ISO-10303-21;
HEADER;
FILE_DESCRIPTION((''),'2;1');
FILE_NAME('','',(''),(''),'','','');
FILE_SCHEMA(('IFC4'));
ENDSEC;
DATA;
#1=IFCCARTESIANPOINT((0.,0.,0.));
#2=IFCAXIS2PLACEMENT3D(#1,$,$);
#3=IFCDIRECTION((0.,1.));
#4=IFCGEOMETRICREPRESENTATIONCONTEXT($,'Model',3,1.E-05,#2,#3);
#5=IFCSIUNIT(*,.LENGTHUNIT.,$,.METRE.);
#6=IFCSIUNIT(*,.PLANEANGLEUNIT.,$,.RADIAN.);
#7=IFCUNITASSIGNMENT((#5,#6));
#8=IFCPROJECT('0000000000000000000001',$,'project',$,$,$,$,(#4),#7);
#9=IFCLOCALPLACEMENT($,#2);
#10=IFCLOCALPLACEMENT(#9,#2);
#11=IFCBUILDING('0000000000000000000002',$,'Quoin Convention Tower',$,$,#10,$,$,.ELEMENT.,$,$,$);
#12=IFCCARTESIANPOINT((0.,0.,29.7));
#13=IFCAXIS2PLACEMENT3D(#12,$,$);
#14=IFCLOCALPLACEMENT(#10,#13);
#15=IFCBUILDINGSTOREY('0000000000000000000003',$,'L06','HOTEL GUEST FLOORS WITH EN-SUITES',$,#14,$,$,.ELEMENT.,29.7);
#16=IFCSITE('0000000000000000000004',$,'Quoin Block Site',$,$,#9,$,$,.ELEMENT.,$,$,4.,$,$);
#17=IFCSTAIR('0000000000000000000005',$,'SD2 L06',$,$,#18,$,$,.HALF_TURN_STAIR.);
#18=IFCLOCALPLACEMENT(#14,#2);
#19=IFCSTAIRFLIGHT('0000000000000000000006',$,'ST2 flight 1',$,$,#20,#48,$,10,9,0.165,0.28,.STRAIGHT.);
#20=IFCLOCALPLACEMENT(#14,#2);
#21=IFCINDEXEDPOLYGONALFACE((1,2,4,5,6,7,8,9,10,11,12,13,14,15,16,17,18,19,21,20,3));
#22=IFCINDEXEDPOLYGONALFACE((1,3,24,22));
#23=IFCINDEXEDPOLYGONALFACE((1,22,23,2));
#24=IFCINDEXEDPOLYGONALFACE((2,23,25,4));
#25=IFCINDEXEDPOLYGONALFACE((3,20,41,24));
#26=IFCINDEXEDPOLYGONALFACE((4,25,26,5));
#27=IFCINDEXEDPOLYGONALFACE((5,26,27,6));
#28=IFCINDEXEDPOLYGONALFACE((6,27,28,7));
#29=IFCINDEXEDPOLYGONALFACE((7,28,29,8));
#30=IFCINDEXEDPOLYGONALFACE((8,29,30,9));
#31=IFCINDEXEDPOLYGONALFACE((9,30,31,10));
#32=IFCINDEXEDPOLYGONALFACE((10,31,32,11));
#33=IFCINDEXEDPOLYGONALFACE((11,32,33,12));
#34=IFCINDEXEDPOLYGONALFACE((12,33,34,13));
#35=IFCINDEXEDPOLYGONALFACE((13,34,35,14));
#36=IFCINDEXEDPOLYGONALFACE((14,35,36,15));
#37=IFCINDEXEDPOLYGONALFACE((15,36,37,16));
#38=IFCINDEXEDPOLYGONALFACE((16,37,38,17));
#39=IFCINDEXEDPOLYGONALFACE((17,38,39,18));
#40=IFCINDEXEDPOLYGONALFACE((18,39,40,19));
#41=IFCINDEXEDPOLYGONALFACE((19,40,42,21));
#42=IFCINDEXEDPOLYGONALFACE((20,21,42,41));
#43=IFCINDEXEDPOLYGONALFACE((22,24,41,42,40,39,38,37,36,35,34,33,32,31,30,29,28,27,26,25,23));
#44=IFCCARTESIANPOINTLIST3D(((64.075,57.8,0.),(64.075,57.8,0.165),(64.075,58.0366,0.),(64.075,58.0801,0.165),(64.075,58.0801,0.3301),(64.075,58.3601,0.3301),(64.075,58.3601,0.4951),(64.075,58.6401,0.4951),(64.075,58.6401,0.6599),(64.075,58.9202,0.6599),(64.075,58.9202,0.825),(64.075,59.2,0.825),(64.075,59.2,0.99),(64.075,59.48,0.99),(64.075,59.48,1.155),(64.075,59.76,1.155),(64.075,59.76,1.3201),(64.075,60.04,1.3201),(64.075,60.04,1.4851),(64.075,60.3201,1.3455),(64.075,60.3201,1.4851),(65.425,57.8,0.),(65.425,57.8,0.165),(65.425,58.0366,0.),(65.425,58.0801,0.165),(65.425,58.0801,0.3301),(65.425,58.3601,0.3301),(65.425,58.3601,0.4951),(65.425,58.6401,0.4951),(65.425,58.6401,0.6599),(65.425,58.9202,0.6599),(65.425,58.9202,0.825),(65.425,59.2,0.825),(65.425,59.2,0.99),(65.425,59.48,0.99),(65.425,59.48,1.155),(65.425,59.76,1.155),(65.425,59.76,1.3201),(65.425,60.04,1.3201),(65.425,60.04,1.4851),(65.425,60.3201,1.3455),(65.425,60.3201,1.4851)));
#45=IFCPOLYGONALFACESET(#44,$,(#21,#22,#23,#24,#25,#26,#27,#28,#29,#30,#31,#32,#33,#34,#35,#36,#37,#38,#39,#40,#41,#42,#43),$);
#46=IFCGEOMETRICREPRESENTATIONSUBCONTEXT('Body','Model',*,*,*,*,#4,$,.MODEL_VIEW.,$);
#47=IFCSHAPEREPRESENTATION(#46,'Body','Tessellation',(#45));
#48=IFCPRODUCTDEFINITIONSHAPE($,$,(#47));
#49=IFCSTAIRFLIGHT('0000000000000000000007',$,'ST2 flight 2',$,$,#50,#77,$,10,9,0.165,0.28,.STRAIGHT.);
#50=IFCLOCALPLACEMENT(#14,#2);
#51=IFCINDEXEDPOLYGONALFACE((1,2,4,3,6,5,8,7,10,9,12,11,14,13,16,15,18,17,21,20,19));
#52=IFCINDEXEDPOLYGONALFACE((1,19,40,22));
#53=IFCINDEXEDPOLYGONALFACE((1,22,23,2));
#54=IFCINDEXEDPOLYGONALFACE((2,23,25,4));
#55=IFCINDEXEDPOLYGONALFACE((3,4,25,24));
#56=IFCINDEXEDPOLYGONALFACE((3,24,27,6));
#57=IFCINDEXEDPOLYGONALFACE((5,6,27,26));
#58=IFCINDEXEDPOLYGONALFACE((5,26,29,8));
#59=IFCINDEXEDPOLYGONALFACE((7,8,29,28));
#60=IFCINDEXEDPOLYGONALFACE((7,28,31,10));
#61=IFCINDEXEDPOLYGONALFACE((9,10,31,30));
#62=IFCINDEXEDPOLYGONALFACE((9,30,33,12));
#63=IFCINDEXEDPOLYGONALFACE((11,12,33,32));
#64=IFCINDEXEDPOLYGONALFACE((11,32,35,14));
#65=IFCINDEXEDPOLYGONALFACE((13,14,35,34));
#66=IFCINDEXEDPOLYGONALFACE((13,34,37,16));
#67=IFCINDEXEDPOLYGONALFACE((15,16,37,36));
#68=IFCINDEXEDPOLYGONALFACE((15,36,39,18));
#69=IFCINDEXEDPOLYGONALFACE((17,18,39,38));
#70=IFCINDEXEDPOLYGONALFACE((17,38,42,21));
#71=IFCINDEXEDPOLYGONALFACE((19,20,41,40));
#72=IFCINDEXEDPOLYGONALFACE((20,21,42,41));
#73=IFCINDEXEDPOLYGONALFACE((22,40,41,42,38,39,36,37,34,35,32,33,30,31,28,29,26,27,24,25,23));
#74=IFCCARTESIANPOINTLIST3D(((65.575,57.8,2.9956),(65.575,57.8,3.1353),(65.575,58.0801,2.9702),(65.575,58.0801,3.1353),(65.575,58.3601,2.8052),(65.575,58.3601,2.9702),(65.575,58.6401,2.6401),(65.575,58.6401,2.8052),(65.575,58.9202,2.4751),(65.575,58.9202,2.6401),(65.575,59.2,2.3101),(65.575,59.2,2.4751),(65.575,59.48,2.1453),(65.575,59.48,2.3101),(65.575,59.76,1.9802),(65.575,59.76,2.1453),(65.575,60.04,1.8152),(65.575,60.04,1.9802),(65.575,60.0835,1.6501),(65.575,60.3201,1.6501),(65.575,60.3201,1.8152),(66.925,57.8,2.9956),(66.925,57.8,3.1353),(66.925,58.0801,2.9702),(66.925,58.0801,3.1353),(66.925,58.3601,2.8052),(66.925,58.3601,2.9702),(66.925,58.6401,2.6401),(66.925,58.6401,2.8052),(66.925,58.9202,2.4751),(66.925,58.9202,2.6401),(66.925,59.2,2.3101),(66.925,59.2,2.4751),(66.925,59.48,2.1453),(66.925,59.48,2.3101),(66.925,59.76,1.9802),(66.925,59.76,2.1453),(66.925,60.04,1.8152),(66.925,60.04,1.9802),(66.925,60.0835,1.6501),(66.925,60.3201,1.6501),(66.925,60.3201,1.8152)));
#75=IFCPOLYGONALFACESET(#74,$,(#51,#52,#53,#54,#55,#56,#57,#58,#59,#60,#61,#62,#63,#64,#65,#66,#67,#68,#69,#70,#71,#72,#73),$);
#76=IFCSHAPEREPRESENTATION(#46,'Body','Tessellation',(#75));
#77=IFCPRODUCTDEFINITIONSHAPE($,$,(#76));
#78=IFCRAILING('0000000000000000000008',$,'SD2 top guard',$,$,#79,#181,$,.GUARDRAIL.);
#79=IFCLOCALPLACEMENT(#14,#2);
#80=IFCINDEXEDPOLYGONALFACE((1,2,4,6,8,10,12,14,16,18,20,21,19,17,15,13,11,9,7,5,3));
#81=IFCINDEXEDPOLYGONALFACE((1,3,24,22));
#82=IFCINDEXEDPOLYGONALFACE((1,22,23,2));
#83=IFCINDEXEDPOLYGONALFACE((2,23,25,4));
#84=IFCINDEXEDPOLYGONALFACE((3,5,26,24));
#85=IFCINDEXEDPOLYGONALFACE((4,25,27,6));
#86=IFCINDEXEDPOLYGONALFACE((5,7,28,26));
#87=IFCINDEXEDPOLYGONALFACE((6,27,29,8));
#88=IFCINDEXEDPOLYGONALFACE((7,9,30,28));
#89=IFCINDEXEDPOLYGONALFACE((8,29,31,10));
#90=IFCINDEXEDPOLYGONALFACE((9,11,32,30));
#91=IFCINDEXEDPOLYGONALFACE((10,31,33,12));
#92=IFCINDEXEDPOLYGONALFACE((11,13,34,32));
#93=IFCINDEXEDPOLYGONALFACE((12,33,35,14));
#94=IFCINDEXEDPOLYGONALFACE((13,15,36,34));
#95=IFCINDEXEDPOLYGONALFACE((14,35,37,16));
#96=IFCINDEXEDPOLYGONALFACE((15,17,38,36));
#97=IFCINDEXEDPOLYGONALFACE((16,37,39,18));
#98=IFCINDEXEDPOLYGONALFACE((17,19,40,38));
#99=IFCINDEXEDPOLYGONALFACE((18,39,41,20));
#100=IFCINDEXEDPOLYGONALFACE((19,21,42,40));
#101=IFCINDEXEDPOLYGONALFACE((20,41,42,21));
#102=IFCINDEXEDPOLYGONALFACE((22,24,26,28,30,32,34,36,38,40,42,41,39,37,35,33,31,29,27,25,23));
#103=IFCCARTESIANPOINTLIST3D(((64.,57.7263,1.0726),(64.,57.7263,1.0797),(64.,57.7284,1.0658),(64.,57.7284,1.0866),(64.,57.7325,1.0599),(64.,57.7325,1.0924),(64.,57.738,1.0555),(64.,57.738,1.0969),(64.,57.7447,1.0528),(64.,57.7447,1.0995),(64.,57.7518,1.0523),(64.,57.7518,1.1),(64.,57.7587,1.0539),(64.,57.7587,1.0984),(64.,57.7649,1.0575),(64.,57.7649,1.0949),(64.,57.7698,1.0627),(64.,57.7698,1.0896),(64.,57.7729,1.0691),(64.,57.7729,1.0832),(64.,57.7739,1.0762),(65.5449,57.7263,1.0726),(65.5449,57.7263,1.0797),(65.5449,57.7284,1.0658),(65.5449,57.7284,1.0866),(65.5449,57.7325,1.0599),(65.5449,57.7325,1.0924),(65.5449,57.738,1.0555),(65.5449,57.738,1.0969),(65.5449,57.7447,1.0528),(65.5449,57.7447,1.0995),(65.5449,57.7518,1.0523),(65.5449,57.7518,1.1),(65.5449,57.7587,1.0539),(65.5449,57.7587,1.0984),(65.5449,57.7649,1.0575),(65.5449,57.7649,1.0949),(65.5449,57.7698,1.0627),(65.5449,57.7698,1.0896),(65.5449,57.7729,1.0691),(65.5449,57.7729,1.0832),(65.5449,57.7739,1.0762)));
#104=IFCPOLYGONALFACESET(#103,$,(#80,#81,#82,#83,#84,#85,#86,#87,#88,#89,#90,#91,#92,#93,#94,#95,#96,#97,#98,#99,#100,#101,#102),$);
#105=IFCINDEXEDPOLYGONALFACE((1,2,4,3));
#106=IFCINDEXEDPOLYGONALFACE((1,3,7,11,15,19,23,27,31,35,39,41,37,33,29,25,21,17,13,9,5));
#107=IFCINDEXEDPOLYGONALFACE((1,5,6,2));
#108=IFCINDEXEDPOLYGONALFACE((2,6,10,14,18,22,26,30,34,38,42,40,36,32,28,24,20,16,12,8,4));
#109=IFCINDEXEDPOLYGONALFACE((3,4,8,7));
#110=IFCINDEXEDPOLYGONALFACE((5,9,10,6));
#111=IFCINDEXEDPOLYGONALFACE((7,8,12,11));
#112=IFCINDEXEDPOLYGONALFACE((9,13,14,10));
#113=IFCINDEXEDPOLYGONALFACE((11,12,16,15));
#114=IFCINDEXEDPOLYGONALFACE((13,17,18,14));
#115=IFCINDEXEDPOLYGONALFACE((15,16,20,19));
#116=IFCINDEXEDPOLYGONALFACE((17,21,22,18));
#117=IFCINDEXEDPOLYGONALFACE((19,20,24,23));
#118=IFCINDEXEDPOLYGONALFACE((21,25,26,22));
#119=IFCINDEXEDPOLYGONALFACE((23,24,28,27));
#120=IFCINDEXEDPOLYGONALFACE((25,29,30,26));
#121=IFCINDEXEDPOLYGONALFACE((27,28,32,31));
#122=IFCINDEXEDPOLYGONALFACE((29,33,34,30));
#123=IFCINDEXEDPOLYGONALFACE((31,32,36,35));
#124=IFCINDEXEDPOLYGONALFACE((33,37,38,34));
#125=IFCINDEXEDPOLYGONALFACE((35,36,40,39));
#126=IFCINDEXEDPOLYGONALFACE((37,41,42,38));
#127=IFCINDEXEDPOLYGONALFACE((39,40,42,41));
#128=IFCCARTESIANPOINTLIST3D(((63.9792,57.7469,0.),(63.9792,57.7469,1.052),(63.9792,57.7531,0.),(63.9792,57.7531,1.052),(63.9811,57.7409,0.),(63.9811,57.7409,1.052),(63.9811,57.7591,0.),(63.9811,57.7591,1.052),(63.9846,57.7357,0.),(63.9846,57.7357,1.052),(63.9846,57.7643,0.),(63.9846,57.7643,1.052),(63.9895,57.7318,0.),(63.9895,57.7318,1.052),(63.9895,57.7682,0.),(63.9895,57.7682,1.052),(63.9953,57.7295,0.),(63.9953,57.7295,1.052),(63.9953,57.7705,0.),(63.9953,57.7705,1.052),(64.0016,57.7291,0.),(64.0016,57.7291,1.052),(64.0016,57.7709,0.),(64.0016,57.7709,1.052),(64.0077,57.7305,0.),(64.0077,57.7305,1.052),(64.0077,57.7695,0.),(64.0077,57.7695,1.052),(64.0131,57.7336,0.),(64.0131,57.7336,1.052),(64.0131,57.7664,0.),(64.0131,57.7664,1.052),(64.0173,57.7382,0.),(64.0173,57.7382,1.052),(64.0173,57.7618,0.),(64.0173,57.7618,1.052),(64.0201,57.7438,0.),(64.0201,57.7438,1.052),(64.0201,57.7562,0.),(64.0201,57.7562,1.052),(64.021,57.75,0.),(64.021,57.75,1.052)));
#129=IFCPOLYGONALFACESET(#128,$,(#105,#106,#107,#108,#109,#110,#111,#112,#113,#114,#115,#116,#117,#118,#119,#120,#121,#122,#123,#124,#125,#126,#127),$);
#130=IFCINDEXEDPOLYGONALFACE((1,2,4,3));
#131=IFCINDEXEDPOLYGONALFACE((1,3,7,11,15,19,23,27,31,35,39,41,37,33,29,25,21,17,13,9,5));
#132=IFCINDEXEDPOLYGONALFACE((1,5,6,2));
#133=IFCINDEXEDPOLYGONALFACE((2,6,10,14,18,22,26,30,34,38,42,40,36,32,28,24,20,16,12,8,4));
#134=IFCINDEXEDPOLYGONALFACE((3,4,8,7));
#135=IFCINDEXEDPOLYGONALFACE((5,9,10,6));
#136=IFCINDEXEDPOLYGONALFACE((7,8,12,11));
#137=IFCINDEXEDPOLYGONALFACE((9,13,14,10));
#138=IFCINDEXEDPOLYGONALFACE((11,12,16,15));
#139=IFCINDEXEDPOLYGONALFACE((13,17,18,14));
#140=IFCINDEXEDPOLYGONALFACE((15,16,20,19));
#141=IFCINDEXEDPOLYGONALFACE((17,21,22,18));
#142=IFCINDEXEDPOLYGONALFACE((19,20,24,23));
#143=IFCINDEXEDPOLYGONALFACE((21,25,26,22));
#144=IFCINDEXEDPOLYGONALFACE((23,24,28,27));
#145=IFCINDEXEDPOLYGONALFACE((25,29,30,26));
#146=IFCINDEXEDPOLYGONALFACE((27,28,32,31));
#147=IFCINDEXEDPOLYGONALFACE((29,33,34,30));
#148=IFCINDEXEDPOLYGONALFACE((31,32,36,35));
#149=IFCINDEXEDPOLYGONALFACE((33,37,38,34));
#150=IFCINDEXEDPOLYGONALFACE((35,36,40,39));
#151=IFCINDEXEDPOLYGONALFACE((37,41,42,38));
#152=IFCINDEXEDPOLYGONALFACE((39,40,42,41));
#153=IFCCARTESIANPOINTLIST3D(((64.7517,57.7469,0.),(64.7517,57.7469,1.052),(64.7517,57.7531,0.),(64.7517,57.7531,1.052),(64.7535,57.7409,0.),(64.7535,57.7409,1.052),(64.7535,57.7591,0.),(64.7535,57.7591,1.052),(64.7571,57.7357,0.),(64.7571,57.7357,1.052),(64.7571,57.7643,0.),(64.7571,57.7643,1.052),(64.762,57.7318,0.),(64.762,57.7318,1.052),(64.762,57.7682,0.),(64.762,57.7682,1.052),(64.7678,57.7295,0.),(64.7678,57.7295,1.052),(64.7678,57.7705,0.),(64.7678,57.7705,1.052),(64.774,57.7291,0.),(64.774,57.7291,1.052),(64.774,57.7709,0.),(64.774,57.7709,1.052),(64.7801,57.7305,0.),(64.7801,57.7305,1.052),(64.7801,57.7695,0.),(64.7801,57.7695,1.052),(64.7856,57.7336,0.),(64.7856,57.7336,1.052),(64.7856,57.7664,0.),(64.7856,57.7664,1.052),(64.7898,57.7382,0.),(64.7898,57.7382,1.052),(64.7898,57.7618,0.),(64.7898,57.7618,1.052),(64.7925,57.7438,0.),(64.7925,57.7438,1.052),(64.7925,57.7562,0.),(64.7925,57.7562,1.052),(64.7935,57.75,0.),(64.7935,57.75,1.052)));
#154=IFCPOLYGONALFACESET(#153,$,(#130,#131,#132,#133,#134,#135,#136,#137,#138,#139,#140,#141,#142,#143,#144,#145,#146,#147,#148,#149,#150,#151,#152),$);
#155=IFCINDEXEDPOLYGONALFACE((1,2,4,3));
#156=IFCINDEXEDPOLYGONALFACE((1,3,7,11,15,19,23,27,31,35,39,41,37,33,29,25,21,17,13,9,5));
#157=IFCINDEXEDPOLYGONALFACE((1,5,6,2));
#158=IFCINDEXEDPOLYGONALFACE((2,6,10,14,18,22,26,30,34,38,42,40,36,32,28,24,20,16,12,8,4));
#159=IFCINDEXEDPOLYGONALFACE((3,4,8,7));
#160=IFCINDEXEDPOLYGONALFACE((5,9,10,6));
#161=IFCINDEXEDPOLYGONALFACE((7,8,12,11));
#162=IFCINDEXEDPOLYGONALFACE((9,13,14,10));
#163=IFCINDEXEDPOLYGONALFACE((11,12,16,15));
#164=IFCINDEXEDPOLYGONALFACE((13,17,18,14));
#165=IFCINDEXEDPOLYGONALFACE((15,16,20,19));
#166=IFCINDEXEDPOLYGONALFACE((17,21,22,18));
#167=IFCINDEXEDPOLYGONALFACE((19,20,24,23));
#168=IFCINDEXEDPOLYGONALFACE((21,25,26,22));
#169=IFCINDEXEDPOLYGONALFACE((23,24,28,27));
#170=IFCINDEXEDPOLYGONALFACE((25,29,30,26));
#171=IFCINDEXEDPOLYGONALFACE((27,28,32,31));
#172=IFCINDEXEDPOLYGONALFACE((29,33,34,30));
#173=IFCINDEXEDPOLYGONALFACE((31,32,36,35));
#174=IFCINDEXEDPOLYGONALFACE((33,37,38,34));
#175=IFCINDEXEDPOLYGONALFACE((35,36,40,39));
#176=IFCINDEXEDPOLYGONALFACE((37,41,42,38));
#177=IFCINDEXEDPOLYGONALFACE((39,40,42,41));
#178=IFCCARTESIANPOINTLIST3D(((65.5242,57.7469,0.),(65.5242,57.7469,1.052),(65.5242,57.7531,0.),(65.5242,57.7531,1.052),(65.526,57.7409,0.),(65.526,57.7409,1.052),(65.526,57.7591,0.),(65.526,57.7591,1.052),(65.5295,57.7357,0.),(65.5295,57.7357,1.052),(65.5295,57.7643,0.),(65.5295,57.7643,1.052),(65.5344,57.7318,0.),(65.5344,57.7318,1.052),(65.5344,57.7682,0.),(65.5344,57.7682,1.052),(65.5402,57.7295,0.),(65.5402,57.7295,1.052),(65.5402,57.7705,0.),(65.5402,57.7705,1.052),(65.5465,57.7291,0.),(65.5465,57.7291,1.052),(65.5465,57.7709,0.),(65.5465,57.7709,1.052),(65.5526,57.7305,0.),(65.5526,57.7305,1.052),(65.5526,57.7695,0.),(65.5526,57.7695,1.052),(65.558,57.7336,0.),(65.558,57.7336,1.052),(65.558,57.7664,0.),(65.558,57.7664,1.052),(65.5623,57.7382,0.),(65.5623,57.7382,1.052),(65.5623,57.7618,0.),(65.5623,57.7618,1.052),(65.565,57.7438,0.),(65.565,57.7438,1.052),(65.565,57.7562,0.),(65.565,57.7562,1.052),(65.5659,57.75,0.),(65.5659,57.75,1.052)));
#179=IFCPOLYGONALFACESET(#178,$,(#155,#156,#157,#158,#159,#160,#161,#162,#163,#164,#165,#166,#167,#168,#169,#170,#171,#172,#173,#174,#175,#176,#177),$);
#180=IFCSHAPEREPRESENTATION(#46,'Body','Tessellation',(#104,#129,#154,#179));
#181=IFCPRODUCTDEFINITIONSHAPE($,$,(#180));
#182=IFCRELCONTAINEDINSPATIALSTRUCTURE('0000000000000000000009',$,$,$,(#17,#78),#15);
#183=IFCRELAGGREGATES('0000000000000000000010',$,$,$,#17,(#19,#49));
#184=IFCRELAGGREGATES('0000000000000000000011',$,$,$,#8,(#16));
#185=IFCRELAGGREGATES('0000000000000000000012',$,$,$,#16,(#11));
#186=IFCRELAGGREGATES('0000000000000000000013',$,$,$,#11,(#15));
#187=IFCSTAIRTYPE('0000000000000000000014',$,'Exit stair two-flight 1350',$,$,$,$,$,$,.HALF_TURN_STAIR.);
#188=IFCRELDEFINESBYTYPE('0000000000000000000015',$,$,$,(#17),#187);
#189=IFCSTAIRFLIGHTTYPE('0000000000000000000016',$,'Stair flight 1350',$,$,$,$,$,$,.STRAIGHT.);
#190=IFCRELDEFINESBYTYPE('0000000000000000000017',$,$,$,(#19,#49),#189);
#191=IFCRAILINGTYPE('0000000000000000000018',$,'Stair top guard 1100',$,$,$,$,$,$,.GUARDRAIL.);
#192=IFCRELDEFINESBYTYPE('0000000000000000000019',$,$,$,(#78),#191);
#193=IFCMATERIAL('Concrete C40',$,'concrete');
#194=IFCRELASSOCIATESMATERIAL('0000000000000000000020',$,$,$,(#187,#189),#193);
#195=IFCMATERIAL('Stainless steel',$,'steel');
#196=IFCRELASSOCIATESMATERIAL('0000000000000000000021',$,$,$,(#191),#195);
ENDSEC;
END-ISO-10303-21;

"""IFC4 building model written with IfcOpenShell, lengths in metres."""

from ifc_helpers import new_model, si_unit, direction, frame, origin, origin_2d, place, context, subcontext, project, spatial, polyline, circle, outline, extrude, material, type_object, element, aggregate, save


model = new_model("IFC4")

# Units and contexts
model_context = context("Model", 3, precision=1e-05, world=origin(), true_north=direction((0.0, 1.0)))
body_context = subcontext(model_context, "Body", "Model", "MODEL_VIEW")
ifc_project = project(units=[si_unit("LENGTHUNIT", "METRE"), si_unit("PLANEANGLEUNIT", "RADIAN")], contexts=[model_context])

# Site, building, storey
site_placement = place(None, origin())
site = spatial("IfcSite", under=ifc_project, at=site_placement, Name="Quoin Block Site", CompositionType="ELEMENT", RefElevation=4.0)
building_placement = place(site_placement, origin())
building = spatial("IfcBuilding", under=site, at=building_placement, Name="Quoin Convention Tower", CompositionType="ELEMENT")
storey_placement = place(building_placement, frame((0.0, 0.0, 29.7)))
storey = spatial("IfcBuildingStorey", under=building, at=storey_placement, Name="L06", Description="HOTEL GUEST FLOORS WITH EN-SUITES", CompositionType="ELEMENT", Elevation=29.7)

# Stair, stair flights
ifc_material_1 = material(Name="Concrete C40", Category="concrete")
stair_type = type_object("IfcStairType", Name="Exit stair two-flight 1350", PredefinedType="HALF_TURN_STAIR", material=ifc_material_1)
stair_placement = place(storey_placement, origin())
stair = element("IfcStair", 1, at=stair_placement, inside=storey, type_object=stair_type, Name="SD2 L06", PredefinedType="HALF_TURN_STAIR")
stair_flight_type = type_object("IfcStairFlightType", Name="Stair flight 1350", PredefinedType="STRAIGHT", material=ifc_material_1)
stair_flight_1_placement = place(storey_placement, frame((64.75, 57.8, 0.0), z_axis=(0.0, 0.0, 1.0), x_axis=(0.0, 1.0, 0.0)))
stair_flight_1 = element("IfcStairFlight", 2, at=stair_flight_1_placement, type_object=stair_flight_type, Name="ST2 flight 1", NumberOfRisers=10, NumberOfTreads=9, PredefinedType="STRAIGHT", RiserHeight=0.165, TreadLength=0.28, context=body_context, shape_type="SweptSolid", body=[
    extrude(outline(polyline([(0.0, 0.0), (0.0, 0.165), (0.28, 0.165), (0.28, 0.3301), (0.5601, 0.3301), (0.5601, 0.4951), (0.8401, 0.4951), (0.8401, 0.6599), (1.1201, 0.6599), (1.1201, 0.825), (1.3999, 0.825), (1.3999, 0.99), (1.6799, 0.99), (1.6799, 1.155), (1.96, 1.155), (1.96, 1.3201), (2.24, 1.3201), (2.24, 1.4851), (2.52, 1.4851), (2.52, 1.6499), (2.52, 1.3455), (0.2366, 0.0), (0.0, 0.0)])), frame((0.0, 0.675, 0.0), z_axis=(0.0, -1.0, 0.0), x_axis=(1.0, 0.0, 0.0)), (0.0, 0.0, 1.0), 1.3501),
])
stair_flight_2_placement = place(storey_placement, frame((66.25, 60.3201, 1.6501), z_axis=(0.0, 0.0, 1.0), x_axis=(0.0, -1.0, 0.0)))
stair_flight_2 = element("IfcStairFlight", 3, at=stair_flight_2_placement, type_object=stair_flight_type, Name="ST2 flight 2", NumberOfRisers=10, NumberOfTreads=9, PredefinedType="STRAIGHT", RiserHeight=0.165, TreadLength=0.28, context=body_context, shape_type="SweptSolid", body=[
    extrude(outline(polyline([(0.0, 0.0), (0.0, 0.165), (0.28, 0.165), (0.28, 0.3301), (0.5601, 0.3301), (0.5601, 0.4951), (0.8401, 0.4951), (0.8401, 0.6599), (1.1201, 0.6599), (1.1201, 0.825), (1.3999, 0.825), (1.3999, 0.99), (1.6799, 0.99), (1.6799, 1.155), (1.96, 1.155), (1.96, 1.3201), (2.24, 1.3201), (2.24, 1.4851), (2.52, 1.4851), (2.52, 1.6499), (2.52, 1.3455), (0.2366, 0.0), (0.0, 0.0)])), frame((0.0, 0.675, 0.0), z_axis=(0.0, -1.0, 0.0), x_axis=(1.0, 0.0, 0.0)), (0.0, 0.0, 1.0), 1.3501),
])
aggregate(stair, [stair_flight_1, stair_flight_2])

# Railing
ifc_material_2 = material(Name="Stainless steel", Category="steel")
railing_type_1 = type_object("IfcRailingType", Name="Stair top guard 1100", PredefinedType="GUARDRAIL", material=ifc_material_2)
railing_1_placement = place(storey_placement, frame((64.0, 57.75, 0.0)))
element("IfcRailing", 4, at=railing_1_placement, inside=storey, type_object=railing_type_1, Name="SD2 top guard", PredefinedType="GUARDRAIL", context=body_context, shape_type="SweptSolid", body=[
    extrude(circle(Radius=0.0239, at=origin_2d()), frame((0.0, 0.0, 1.0762), z_axis=(1.0, 0.0, 0.0), x_axis=(0.0, 1.0, 0.0)), (0.0, 0.0, 1.0), 1.5449),
    extrude(circle(Radius=0.021, at=origin_2d()), origin(), (0.0, 0.0, 1.0), 1.052),
    extrude(circle(Radius=0.021, at=origin_2d()), frame((0.7725, 0.0, 0.0)), (0.0, 0.0, 1.0), 1.052),
    extrude(circle(Radius=0.021, at=origin_2d()), frame((1.5449, 0.0, 0.0)), (0.0, 0.0, 1.0), 1.052),
])

save(model, "model.ifc")
